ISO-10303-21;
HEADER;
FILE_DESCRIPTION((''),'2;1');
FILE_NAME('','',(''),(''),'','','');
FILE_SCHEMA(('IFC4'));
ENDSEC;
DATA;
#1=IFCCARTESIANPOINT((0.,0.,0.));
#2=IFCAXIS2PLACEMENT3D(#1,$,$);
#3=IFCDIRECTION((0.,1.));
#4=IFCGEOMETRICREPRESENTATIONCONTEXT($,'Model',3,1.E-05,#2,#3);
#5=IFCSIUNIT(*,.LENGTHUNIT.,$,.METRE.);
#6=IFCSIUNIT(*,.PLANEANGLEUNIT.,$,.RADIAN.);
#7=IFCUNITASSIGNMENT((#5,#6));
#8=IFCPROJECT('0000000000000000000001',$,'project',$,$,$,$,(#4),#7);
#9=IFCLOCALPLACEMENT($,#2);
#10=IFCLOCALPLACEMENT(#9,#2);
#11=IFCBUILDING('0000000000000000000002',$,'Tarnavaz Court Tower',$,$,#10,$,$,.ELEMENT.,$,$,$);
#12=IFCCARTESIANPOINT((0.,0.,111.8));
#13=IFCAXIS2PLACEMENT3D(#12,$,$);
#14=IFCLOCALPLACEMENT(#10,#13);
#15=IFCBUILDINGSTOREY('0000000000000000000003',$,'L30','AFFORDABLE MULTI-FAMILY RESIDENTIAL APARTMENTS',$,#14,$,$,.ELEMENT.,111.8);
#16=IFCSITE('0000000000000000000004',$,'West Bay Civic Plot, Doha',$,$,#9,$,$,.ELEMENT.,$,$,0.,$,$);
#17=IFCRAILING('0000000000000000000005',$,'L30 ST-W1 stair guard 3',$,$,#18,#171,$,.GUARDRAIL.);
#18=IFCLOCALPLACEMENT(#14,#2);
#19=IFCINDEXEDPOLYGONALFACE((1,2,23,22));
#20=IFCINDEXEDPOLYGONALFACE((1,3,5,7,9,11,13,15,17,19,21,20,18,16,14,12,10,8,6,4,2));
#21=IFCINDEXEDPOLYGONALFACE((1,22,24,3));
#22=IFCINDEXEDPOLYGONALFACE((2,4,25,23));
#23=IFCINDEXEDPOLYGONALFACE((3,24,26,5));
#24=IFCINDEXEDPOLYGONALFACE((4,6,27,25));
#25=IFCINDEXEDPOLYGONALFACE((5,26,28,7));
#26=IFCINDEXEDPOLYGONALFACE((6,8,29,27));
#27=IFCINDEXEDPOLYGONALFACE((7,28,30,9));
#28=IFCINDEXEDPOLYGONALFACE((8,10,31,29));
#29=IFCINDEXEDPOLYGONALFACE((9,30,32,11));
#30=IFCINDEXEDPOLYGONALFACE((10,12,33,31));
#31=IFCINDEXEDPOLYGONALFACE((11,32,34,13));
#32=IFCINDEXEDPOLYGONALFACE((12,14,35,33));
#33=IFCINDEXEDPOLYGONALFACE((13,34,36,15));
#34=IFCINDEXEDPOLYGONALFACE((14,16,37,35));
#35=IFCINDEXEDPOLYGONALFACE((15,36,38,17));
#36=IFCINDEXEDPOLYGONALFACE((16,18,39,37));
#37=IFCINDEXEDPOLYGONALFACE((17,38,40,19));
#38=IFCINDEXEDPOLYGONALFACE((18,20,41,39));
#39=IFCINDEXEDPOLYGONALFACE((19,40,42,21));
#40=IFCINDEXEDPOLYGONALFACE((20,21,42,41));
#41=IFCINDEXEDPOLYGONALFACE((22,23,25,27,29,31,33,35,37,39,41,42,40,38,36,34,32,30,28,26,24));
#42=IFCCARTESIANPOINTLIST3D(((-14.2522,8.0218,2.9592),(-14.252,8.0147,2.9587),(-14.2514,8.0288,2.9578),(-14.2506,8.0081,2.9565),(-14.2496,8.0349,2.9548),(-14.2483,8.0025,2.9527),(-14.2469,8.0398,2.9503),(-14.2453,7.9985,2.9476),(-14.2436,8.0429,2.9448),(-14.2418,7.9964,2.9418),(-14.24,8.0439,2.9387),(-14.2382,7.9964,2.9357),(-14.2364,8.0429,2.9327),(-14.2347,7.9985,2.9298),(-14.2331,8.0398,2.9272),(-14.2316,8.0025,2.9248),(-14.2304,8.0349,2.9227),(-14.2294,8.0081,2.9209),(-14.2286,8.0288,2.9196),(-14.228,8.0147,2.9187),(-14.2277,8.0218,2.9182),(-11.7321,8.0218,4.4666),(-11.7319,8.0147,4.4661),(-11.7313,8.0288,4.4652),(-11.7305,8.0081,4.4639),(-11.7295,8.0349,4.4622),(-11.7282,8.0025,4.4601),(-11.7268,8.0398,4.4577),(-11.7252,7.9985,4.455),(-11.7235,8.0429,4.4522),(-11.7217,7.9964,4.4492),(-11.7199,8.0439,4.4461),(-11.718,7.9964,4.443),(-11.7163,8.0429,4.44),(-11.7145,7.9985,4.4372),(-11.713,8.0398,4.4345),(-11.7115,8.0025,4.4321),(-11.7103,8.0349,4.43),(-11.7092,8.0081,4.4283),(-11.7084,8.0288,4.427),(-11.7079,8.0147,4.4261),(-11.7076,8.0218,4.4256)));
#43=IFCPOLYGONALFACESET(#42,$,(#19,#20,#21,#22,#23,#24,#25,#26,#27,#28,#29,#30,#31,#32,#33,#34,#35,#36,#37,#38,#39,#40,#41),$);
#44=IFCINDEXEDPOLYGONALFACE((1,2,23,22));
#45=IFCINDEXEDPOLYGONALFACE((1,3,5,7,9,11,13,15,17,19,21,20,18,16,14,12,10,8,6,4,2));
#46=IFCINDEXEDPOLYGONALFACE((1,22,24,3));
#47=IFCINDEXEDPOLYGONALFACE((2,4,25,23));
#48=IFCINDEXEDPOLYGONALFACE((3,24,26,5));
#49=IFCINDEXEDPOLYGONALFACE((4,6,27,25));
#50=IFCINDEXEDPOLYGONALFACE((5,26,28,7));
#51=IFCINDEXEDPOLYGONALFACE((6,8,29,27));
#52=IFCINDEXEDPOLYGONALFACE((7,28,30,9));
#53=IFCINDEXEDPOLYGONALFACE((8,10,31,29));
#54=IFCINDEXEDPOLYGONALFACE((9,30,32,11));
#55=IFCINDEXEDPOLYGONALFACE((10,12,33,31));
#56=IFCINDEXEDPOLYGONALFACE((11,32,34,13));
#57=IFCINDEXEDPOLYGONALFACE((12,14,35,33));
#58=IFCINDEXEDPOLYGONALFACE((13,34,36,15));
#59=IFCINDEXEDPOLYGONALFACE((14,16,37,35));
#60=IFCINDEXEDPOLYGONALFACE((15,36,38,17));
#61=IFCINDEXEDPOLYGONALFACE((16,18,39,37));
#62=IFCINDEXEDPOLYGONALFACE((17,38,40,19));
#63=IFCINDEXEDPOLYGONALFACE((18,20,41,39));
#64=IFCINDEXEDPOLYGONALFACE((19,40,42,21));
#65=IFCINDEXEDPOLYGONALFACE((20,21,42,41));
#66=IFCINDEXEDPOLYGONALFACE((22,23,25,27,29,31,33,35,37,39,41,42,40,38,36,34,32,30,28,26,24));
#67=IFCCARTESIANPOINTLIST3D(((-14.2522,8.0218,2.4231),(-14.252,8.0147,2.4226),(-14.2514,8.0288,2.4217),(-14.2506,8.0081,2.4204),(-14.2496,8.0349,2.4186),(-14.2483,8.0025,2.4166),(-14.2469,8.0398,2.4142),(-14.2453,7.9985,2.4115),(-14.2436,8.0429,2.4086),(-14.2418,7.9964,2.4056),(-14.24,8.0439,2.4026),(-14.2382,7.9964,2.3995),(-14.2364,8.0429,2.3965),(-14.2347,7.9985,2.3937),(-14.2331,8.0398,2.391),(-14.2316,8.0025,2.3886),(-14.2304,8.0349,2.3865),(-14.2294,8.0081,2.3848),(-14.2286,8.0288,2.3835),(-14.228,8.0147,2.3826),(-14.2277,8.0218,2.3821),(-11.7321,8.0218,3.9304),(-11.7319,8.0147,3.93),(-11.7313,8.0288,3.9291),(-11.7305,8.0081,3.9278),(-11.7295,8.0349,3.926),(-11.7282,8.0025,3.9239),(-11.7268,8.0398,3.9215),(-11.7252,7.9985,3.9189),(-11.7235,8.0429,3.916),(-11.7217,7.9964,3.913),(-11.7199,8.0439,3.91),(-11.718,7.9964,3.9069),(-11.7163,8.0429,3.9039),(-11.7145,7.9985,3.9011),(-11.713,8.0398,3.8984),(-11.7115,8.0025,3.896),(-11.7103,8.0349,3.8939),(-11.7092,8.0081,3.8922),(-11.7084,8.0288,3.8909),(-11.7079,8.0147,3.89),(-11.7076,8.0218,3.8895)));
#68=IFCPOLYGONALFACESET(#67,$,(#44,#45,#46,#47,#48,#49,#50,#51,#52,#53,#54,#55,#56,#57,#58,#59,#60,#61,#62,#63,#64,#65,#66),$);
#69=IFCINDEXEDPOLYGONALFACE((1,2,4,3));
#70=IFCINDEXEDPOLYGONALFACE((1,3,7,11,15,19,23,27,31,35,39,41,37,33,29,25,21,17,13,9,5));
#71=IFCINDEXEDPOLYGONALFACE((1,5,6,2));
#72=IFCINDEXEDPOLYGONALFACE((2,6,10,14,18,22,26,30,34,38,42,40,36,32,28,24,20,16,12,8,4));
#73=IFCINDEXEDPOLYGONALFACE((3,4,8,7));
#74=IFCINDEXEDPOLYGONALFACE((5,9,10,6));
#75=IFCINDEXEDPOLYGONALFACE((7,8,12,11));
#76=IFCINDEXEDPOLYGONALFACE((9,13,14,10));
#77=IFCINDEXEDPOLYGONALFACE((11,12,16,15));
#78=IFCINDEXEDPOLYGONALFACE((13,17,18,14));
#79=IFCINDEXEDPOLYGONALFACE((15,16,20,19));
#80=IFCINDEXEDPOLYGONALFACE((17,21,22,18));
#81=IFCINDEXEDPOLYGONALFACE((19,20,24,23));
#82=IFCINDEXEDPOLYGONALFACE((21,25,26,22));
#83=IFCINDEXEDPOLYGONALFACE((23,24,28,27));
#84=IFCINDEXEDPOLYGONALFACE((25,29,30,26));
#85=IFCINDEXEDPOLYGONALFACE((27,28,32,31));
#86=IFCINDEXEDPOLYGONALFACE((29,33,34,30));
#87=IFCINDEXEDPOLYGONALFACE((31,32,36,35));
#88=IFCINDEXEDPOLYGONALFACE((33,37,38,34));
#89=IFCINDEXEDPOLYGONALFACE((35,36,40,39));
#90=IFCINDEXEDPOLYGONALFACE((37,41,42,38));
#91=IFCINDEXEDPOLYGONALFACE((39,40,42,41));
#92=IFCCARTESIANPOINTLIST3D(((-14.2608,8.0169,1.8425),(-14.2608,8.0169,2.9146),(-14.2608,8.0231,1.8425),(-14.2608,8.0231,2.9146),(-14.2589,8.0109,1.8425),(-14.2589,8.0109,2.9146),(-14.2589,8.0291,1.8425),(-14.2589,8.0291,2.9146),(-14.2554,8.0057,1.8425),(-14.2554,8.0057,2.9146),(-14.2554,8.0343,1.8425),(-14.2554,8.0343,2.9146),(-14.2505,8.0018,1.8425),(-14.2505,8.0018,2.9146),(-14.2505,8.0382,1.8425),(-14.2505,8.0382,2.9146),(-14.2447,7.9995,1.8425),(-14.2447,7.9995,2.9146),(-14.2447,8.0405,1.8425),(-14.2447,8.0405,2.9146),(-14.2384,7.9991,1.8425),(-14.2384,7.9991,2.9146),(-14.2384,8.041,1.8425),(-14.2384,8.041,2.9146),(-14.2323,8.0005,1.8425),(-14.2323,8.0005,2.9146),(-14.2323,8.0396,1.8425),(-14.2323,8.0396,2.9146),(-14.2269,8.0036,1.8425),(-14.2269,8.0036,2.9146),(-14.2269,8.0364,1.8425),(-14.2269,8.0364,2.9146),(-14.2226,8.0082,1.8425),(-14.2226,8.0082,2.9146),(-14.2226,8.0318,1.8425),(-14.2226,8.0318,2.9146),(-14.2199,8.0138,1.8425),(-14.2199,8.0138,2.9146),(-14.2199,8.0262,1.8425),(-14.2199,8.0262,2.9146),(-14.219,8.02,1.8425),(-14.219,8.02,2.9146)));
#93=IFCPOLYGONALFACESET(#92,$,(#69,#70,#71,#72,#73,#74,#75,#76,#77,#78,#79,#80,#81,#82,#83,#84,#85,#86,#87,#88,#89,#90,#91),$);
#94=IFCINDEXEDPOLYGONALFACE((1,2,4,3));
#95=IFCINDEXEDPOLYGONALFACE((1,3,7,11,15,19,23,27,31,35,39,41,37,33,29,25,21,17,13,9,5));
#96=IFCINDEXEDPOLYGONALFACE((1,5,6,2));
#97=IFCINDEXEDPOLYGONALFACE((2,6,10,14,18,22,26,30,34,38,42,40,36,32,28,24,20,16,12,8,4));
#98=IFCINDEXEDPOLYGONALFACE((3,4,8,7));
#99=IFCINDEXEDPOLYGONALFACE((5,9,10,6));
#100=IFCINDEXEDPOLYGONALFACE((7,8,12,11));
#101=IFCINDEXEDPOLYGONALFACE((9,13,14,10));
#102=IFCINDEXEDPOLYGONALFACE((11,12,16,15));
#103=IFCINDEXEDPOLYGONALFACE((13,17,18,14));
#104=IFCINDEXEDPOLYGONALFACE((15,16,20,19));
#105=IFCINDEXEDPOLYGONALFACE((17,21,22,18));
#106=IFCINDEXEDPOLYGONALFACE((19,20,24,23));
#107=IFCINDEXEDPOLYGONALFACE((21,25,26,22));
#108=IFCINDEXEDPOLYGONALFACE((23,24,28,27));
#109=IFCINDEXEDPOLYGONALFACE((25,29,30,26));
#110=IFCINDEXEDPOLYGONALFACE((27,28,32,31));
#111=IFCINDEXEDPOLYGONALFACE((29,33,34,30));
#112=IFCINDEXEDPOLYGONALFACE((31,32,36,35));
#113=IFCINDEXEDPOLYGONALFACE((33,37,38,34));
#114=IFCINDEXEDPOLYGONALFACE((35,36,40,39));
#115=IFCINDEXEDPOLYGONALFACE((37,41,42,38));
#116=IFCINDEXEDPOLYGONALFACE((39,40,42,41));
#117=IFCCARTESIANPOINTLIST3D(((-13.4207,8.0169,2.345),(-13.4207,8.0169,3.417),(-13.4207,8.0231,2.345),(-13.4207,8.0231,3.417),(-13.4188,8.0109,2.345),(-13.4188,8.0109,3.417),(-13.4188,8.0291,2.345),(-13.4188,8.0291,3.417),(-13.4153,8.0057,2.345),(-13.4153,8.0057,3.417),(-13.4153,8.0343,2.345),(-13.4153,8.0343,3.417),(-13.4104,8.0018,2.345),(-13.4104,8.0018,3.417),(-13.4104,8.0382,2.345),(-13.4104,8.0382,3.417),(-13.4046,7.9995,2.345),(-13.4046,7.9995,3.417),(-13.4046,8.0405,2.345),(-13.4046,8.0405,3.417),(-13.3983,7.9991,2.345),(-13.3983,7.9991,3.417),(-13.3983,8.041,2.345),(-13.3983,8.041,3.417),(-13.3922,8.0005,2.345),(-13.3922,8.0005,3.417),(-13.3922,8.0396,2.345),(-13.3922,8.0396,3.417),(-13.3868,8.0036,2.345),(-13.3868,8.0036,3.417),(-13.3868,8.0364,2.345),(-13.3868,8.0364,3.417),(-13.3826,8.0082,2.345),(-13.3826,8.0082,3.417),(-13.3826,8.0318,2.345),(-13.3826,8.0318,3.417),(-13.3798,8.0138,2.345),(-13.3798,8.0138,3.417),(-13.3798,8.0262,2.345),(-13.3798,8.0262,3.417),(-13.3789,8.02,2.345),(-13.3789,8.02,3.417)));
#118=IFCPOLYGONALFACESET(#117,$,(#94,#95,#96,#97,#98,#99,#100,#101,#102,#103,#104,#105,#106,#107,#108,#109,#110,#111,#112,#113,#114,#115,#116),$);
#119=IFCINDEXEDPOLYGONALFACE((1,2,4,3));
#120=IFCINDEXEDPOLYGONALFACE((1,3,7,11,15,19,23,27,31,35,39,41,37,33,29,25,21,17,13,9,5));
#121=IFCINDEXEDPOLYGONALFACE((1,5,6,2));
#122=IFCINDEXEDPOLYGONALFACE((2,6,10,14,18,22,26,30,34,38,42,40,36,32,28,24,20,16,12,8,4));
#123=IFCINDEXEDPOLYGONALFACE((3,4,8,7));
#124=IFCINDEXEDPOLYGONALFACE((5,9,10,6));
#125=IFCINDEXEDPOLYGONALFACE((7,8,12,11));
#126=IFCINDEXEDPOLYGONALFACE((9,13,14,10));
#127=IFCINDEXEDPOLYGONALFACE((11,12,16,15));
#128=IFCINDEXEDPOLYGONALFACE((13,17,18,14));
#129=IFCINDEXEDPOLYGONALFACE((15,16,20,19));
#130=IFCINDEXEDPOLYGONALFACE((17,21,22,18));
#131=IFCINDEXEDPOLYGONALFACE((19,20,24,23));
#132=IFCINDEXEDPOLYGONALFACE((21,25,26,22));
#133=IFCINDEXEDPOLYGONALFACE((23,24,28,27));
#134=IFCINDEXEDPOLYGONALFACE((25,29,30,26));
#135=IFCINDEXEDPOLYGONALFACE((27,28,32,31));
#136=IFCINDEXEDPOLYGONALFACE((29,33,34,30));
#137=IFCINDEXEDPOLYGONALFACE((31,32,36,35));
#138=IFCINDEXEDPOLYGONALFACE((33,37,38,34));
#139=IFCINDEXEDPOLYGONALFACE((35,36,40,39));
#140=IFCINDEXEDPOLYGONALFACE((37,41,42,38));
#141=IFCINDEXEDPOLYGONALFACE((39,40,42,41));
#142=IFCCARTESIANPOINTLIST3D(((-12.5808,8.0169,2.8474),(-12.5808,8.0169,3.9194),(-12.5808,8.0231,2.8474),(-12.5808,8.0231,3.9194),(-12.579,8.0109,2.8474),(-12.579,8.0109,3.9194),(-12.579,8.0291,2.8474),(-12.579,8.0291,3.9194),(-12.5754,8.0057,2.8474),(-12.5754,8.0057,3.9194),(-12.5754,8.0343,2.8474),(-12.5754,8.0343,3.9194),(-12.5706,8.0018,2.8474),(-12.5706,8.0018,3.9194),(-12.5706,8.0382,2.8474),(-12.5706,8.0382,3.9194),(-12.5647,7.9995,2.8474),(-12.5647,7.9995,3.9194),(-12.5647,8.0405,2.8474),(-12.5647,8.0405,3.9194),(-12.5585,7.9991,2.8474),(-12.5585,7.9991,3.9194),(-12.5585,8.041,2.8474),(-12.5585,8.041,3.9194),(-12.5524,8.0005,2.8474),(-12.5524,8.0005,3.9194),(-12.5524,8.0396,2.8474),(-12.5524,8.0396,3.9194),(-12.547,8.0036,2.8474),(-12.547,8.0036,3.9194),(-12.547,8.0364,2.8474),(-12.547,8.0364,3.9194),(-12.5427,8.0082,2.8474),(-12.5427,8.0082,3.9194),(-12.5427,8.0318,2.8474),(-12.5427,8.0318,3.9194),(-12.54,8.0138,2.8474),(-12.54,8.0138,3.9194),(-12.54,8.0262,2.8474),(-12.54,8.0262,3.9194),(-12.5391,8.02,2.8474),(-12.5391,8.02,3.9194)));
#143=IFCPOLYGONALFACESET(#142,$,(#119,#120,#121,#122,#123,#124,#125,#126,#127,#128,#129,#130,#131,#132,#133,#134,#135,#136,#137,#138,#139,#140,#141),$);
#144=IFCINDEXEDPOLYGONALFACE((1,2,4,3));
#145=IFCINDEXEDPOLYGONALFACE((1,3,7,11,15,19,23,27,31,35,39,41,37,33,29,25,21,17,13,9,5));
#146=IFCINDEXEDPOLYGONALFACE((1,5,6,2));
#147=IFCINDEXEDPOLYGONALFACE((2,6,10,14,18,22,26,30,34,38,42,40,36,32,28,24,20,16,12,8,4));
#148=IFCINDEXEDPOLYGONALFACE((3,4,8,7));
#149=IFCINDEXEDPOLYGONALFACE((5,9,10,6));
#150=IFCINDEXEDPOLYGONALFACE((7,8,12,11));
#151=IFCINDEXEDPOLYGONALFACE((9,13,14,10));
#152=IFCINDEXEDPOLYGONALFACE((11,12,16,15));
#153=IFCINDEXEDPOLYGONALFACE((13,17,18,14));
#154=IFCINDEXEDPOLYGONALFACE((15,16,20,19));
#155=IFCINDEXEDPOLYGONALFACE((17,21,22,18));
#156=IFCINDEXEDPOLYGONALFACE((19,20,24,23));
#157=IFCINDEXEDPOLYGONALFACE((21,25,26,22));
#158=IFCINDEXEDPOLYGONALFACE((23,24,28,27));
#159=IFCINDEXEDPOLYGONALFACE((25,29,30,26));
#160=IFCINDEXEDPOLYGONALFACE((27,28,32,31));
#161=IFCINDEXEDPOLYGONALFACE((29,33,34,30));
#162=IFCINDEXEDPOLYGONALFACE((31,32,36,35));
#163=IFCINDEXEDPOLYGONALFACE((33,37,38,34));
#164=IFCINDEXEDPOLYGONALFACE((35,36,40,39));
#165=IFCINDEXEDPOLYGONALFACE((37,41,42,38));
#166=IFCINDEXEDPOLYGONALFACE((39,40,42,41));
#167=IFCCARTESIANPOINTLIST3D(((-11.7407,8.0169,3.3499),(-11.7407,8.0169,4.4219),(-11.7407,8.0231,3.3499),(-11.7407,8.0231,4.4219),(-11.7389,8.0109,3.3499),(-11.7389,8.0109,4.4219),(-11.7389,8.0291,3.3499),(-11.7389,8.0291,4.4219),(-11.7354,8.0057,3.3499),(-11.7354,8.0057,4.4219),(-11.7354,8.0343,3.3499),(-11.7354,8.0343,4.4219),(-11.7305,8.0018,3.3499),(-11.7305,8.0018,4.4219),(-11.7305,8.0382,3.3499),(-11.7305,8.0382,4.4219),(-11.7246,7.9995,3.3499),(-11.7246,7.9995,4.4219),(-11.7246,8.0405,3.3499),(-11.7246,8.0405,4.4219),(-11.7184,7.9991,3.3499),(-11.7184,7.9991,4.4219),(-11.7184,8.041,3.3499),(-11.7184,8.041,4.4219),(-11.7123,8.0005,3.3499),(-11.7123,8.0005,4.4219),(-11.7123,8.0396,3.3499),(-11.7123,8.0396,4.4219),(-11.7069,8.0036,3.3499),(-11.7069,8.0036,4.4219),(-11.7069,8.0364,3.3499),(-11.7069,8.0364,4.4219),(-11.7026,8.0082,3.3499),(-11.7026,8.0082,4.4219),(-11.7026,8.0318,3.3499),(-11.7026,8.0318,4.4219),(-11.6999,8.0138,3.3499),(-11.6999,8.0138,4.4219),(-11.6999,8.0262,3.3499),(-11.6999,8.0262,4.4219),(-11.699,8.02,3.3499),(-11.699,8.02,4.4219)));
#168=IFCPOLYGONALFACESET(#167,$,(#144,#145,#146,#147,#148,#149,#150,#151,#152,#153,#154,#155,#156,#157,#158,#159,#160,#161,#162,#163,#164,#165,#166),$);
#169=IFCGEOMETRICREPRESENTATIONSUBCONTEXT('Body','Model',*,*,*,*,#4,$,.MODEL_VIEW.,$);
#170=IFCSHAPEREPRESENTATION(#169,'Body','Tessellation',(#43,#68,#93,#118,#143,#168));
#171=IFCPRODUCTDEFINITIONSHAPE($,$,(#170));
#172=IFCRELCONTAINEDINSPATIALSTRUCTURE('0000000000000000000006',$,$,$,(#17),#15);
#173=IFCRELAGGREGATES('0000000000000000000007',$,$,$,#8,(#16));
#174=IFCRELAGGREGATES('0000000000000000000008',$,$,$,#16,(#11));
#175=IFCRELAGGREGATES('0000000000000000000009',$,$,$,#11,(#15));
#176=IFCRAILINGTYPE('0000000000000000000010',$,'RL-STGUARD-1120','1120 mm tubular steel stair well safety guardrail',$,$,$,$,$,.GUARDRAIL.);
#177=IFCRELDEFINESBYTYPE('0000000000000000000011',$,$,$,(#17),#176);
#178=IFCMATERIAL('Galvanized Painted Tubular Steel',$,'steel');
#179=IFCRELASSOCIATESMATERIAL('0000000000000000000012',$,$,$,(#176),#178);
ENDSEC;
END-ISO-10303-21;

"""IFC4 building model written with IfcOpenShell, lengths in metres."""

from ifc_helpers import new_model, si_unit, direction, frame, origin, origin_2d, place, context, subcontext, project, spatial, circle, extrude, material, type_object, element, save


model = new_model("IFC4")

# Units and contexts
model_context = context("Model", 3, precision=1e-05, world=origin(), true_north=direction((0.0, 1.0)))
body_context = subcontext(model_context, "Body", "Model", "MODEL_VIEW")
ifc_project = project(units=[si_unit("LENGTHUNIT", "METRE"), si_unit("PLANEANGLEUNIT", "RADIAN")], contexts=[model_context])

# Site, building, storey
site_placement = place(None, origin())
site = spatial("IfcSite", under=ifc_project, at=site_placement, Name="West Bay Civic Plot, Doha", CompositionType="ELEMENT", RefElevation=0.0)
building_placement = place(site_placement, origin())
building = spatial("IfcBuilding", under=site, at=building_placement, Name="Tarnavaz Court Tower", CompositionType="ELEMENT")
storey_placement = place(building_placement, frame((0.0, 0.0, 111.8)))
storey = spatial("IfcBuildingStorey", under=building, at=storey_placement, Name="L30", Description="AFFORDABLE MULTI-FAMILY RESIDENTIAL APARTMENTS", CompositionType="ELEMENT", Elevation=111.8)

# Railing
ifc_material_1 = material(Name="Galvanized Painted Tubular Steel", Category="steel")
railing_type_1 = type_object("IfcRailingType", Name="RL-STGUARD-1120", Description="1120 mm tubular steel stair well safety guardrail", PredefinedType="GUARDRAIL", material=ifc_material_1)
railing_1_placement = place(storey_placement, frame((-14.24, 8.02, 1.8425)))
element("IfcRailing", 1, at=railing_1_placement, inside=storey, type_object=railing_type_1, Name="L30 ST-W1 stair guard 3", PredefinedType="GUARDRAIL", context=body_context, shape_type="SweptSolid", body=[
    extrude(circle(Radius=0.0239, at=origin_2d()), frame((0.0, 0.0, 1.0962), z_axis=(0.858196, 0.0, 0.513321), x_axis=(0.0, 1.0, 0.0)), (0.0, 0.0, 1.0), 2.9365),
    extrude(circle(Radius=0.0239, at=origin_2d()), frame((0.0, 0.0, 0.5601), z_axis=(0.858196, 0.0, 0.513321), x_axis=(0.0, 1.0, 0.0)), (0.0, 0.0, 1.0), 2.9365),
    extrude(circle(Radius=0.021, at=origin_2d()), origin(), (0.0, 0.0, 1.0), 1.072),
    extrude(circle(Radius=0.021, at=origin_2d()), frame((0.8401, 0.0, 0.5024)), (0.0, 0.0, 1.0), 1.072),
    extrude(circle(Radius=0.021, at=origin_2d()), frame((1.6799, 0.0, 1.0049)), (0.0, 0.0, 1.0), 1.072),
    extrude(circle(Radius=0.021, at=origin_2d()), frame((2.52, 0.0, 1.5073)), (0.0, 0.0, 1.0), 1.072),
])

save(model, "model.ifc")
